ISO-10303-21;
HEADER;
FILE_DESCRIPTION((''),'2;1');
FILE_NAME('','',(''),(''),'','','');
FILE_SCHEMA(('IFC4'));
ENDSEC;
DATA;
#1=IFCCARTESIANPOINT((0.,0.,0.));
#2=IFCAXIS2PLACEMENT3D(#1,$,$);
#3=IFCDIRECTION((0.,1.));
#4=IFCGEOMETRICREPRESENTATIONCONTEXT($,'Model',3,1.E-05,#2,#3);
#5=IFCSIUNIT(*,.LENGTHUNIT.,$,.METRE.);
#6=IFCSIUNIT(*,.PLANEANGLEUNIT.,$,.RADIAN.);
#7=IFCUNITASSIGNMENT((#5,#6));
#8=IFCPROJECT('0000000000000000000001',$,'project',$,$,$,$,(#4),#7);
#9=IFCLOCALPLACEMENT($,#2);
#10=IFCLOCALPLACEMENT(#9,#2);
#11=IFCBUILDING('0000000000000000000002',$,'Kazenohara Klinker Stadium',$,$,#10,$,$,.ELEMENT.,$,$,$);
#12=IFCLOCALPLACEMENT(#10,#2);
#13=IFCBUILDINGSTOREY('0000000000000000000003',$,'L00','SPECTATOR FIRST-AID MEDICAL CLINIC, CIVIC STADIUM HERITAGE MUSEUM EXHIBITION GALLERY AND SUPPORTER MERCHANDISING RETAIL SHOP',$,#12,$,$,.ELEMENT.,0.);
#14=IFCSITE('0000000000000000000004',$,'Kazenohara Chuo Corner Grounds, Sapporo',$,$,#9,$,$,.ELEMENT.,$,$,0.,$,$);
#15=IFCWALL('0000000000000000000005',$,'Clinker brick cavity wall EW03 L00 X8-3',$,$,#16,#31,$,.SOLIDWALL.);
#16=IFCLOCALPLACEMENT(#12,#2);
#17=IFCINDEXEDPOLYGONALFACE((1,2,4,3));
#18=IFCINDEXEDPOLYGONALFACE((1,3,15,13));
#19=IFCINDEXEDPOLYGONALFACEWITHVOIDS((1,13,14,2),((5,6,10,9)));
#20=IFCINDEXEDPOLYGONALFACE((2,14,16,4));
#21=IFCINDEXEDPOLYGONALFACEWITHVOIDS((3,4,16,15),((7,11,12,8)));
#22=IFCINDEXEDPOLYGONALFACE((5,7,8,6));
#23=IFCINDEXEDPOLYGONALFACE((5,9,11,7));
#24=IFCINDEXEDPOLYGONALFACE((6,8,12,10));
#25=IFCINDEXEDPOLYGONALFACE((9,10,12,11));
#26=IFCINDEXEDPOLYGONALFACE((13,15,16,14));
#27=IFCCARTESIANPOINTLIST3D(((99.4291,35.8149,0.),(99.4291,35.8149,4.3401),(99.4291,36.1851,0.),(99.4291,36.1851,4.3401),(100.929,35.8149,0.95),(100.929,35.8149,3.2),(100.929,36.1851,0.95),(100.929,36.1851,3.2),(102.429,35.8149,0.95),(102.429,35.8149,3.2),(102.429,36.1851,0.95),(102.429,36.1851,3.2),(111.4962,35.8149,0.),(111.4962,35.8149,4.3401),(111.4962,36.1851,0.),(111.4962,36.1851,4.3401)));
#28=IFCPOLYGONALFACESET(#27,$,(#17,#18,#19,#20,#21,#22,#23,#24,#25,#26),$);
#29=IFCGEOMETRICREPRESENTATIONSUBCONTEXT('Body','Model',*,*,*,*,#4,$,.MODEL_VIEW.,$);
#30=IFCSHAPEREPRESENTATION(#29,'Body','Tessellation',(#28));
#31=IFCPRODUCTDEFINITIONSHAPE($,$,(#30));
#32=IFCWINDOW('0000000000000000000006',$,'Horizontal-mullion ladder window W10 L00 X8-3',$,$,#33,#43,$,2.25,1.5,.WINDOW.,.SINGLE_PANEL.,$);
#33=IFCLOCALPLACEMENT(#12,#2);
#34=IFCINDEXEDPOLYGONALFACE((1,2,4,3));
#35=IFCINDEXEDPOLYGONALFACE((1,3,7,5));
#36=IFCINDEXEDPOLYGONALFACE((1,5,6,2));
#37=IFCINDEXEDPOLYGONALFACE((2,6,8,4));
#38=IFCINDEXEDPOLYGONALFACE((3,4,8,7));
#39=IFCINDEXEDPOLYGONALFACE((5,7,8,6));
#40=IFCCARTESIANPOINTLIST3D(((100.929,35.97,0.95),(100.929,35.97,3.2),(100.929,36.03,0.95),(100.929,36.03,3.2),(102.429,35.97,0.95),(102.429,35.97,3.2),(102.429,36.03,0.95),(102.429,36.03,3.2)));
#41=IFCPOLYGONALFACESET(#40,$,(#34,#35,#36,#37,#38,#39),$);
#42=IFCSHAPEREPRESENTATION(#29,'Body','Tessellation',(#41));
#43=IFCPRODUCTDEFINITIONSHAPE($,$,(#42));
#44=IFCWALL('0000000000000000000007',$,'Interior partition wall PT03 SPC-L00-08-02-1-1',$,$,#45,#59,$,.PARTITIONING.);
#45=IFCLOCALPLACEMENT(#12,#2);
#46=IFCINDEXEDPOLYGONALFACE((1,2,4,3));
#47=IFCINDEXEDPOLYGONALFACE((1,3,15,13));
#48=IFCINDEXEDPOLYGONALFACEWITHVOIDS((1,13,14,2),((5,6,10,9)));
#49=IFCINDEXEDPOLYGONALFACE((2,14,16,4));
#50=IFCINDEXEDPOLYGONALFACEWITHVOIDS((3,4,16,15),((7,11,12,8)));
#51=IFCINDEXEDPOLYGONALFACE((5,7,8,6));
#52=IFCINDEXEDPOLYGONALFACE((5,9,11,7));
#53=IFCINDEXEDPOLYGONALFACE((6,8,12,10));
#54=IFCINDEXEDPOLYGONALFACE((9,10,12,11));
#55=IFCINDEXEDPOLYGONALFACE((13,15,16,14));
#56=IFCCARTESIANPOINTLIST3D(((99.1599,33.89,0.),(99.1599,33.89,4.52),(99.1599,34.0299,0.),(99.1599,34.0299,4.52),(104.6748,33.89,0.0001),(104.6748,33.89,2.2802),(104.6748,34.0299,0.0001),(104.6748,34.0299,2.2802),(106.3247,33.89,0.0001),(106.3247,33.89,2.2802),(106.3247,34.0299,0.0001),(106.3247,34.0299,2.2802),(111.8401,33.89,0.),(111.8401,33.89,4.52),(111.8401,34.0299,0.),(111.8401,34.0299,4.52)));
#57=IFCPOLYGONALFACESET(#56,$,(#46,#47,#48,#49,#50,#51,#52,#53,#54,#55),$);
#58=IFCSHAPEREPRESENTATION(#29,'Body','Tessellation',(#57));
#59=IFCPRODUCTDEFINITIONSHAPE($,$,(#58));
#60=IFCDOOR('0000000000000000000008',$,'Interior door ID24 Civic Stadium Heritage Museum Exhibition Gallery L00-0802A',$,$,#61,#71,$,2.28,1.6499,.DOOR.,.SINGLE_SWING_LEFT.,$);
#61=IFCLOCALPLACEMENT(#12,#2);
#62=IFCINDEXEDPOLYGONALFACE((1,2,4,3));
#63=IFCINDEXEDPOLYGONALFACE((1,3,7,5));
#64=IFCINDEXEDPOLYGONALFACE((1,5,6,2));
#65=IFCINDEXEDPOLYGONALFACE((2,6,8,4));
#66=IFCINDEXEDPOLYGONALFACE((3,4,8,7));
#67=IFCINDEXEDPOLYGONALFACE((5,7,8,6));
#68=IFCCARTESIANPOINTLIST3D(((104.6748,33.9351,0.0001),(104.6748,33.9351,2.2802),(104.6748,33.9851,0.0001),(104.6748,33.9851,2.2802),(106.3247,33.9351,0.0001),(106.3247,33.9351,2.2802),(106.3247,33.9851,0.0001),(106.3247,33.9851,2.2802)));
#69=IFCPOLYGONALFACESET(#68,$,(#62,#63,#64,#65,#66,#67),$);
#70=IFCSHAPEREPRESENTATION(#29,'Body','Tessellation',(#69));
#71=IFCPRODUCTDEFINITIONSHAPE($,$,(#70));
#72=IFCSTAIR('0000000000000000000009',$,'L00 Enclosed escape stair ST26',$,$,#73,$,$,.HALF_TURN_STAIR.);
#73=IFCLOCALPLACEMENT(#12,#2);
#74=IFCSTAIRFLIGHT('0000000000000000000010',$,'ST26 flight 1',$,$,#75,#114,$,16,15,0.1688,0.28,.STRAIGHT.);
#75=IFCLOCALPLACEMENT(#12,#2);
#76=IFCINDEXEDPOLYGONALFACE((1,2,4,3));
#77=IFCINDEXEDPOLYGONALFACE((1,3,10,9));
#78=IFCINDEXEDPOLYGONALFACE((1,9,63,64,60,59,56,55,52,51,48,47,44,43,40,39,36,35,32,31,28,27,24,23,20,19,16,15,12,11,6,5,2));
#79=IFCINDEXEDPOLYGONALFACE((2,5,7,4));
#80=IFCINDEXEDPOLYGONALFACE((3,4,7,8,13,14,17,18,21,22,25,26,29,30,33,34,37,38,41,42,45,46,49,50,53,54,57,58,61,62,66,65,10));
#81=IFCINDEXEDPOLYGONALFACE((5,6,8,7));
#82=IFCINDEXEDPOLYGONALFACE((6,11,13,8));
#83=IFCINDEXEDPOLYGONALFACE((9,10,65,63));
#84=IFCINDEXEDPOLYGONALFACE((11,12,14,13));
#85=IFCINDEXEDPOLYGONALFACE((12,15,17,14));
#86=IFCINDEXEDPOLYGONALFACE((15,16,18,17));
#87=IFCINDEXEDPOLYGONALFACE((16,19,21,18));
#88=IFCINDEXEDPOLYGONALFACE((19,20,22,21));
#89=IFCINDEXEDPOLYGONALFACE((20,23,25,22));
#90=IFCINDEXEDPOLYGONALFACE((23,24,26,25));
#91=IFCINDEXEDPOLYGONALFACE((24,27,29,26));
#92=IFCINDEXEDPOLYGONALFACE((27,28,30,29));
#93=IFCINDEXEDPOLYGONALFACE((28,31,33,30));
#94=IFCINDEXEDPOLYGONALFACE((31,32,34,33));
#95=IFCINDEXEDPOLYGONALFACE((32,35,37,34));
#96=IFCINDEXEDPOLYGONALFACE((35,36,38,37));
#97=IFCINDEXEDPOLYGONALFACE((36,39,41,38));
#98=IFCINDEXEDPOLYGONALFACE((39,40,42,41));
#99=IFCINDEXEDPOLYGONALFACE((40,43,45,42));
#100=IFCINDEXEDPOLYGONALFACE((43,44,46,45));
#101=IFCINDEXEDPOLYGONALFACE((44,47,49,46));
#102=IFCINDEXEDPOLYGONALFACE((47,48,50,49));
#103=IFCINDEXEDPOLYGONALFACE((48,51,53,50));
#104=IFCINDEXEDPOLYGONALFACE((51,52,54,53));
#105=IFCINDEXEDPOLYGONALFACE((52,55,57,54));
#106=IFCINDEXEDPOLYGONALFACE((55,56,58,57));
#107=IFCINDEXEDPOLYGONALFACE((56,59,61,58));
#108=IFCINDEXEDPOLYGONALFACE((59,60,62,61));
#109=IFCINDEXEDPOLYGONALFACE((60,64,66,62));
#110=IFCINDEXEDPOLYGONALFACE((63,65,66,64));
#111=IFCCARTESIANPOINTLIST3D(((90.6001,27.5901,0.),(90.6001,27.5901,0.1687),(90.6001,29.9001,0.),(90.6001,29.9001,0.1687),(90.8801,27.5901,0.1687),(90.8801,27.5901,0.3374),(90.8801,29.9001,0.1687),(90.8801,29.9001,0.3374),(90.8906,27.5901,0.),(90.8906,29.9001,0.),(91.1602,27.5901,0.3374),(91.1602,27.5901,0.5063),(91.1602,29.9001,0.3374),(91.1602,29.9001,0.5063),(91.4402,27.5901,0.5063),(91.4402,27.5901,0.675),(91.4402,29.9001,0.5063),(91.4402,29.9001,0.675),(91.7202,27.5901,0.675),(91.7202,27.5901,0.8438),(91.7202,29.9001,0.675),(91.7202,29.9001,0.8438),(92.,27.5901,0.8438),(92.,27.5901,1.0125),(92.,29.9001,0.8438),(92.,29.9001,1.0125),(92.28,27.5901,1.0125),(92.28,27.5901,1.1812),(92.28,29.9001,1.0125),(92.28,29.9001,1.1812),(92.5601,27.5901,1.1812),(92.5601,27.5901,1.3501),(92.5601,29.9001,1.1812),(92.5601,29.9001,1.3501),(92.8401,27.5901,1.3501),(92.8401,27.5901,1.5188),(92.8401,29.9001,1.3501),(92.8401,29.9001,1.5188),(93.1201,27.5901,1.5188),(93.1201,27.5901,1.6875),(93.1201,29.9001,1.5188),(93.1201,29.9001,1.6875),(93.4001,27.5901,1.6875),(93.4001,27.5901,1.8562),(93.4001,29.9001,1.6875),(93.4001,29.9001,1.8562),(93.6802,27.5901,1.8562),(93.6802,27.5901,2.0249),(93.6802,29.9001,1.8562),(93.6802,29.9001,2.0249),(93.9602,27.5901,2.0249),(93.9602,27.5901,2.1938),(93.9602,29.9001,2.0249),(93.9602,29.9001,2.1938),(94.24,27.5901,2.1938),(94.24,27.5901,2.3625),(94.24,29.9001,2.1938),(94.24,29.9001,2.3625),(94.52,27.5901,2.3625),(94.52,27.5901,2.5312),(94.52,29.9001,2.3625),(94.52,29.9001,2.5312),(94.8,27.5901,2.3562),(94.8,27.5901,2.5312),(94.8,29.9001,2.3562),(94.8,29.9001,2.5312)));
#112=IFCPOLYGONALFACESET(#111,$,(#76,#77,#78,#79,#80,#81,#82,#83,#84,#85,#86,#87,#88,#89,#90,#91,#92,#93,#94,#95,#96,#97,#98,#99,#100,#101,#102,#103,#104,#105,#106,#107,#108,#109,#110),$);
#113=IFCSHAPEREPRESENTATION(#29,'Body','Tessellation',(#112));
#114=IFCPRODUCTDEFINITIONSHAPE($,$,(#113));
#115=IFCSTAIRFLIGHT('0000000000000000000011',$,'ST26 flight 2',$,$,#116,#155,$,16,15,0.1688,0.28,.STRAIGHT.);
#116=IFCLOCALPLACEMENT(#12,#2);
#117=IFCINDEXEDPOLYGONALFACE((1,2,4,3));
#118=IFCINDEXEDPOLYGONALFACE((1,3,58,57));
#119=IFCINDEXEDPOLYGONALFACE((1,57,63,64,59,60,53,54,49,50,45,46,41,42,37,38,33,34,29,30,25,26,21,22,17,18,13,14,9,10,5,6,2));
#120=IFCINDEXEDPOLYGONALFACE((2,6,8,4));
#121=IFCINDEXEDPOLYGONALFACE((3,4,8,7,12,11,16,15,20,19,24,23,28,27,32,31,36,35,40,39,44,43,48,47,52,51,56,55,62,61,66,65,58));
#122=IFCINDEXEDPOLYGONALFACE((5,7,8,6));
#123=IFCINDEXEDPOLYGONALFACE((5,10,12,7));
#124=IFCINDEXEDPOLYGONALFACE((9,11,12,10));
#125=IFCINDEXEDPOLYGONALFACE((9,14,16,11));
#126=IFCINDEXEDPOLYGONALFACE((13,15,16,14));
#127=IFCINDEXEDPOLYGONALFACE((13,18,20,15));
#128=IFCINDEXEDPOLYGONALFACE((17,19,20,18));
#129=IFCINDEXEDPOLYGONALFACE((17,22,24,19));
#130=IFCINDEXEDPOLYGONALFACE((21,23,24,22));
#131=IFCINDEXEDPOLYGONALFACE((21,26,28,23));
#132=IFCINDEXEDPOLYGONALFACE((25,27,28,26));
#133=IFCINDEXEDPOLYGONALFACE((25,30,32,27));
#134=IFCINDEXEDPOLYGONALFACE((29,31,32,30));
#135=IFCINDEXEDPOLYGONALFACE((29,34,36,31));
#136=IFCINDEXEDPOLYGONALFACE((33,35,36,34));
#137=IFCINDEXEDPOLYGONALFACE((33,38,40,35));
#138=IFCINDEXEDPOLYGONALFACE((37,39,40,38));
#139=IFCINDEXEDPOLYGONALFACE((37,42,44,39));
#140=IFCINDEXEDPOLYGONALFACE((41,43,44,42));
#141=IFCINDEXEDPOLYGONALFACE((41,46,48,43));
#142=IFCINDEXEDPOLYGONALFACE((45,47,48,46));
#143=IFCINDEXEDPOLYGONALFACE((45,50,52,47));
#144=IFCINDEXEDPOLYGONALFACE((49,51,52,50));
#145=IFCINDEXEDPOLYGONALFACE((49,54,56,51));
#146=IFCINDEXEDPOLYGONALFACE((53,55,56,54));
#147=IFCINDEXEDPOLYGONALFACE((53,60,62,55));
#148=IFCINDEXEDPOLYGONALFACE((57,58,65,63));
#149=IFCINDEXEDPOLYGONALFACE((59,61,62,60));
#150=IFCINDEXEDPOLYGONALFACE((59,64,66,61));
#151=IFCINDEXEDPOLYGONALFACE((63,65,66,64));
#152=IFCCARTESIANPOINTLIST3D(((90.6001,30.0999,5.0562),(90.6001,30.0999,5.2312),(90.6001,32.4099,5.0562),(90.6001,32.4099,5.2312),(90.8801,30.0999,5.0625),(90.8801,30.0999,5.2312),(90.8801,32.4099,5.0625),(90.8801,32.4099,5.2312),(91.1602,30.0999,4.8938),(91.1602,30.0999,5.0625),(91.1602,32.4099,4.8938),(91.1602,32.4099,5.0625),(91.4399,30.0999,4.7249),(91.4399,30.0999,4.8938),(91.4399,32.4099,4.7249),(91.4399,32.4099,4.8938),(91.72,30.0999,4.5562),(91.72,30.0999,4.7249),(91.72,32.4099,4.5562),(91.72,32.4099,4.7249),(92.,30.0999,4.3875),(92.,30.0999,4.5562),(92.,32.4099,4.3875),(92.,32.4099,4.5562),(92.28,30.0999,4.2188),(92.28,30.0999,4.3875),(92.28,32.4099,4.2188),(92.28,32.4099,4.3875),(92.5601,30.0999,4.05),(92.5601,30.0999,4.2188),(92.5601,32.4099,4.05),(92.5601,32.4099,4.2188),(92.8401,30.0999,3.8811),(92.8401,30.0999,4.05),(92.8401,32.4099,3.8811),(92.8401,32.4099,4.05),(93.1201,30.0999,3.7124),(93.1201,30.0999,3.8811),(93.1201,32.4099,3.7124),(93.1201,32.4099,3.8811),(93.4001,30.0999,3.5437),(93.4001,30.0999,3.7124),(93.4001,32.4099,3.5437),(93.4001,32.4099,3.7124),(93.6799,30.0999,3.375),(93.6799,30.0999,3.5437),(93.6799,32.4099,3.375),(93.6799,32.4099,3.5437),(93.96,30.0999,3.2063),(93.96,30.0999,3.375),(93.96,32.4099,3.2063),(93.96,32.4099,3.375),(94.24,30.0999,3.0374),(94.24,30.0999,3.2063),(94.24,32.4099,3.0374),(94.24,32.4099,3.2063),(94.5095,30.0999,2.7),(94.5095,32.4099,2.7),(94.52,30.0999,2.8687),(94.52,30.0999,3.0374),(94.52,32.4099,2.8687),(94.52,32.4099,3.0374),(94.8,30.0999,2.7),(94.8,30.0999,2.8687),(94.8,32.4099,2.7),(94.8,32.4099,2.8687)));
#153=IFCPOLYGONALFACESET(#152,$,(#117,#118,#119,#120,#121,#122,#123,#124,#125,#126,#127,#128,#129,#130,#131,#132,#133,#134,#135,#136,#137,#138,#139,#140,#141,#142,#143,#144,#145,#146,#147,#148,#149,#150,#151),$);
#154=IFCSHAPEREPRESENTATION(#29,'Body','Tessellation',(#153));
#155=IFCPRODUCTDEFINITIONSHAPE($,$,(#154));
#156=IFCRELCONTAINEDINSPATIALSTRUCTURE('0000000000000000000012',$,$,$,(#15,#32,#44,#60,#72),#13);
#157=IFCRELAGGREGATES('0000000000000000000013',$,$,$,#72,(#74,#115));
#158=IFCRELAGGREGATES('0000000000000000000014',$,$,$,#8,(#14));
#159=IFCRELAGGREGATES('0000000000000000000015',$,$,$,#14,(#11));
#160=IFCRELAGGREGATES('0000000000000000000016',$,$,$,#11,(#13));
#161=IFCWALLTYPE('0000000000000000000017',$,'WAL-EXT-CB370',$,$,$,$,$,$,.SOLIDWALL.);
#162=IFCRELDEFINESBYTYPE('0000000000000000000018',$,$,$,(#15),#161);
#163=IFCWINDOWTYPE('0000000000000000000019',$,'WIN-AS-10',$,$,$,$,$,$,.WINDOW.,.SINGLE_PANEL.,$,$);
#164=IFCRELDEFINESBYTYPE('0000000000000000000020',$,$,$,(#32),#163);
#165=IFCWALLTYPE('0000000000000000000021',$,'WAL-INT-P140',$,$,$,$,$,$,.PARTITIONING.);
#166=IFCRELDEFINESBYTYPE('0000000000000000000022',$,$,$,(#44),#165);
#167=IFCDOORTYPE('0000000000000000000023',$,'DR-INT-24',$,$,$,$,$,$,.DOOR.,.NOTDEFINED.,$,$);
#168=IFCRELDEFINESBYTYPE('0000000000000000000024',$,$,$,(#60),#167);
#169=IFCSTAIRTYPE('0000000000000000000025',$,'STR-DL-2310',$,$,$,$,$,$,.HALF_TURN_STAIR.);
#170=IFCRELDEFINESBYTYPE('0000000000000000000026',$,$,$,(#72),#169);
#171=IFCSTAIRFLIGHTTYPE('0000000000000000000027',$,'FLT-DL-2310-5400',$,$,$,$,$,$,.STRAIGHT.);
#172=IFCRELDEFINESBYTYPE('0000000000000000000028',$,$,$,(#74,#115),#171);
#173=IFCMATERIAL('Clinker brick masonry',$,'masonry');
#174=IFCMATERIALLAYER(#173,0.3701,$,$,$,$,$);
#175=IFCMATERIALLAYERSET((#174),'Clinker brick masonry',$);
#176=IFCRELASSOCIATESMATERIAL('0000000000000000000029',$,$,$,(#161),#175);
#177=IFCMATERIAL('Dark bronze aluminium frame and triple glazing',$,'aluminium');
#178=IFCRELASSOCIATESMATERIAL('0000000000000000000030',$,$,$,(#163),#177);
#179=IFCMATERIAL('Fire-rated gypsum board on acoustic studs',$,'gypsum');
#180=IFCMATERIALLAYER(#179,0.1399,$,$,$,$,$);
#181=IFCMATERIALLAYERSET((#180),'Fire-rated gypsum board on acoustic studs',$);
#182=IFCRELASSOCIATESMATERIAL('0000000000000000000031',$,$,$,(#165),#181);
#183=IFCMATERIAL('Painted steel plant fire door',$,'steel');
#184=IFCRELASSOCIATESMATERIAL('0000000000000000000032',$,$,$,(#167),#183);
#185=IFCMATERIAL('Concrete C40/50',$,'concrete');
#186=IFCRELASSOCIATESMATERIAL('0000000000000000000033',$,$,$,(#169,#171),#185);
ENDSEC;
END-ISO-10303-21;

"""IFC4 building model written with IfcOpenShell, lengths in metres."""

from ifc_helpers import new_model, si_unit, direction, frame, frame_2d, origin, place, context, subcontext, project, spatial, polyline, rectangle, outline, extrude, material, layer, layer_set, type_object, element, fill, aggregate, save


model = new_model("IFC4")

# Units and contexts
model_context = context("Model", 3, precision=1e-05, world=origin(), true_north=direction((0.0, 1.0)))
body_context = subcontext(model_context, "Body", "Model", "MODEL_VIEW")
ifc_project = project(units=[si_unit("LENGTHUNIT", "METRE"), si_unit("PLANEANGLEUNIT", "RADIAN")], contexts=[model_context])

# Site, building, storey
site_placement = place(None, origin())
site = spatial("IfcSite", under=ifc_project, at=site_placement, Name="Kazenohara Chuo Corner Grounds, Sapporo", CompositionType="ELEMENT", RefElevation=0.0)
building_placement = place(site_placement, origin())
building = spatial("IfcBuilding", under=site, at=building_placement, Name="Kazenohara Klinker Stadium", CompositionType="ELEMENT")
storey_placement = place(building_placement, origin())
storey = spatial("IfcBuildingStorey", under=building, at=storey_placement, Name="L00", Description="SPECTATOR FIRST-AID MEDICAL CLINIC, CIVIC STADIUM HERITAGE MUSEUM EXHIBITION GALLERY AND SUPPORTER MERCHANDISING RETAIL SHOP", CompositionType="ELEMENT", Elevation=0.0)

# Shared definitions
ifc_material_1 = material(Name="Concrete C40/50", Category="concrete")

# Wall, opening, window
ifc_material_2 = material(Name="Clinker brick masonry", Category="masonry")
ifc_material_3 = material(Name="Dark bronze aluminium frame and triple glazing", Category="aluminium")
ifc_layer_1 = layer(ifc_material_2, 0.3701)
ifc_layer_set_1 = layer_set([ifc_layer_1], Name="Clinker brick masonry")
wall_type_1 = type_object("IfcWallType", Name="WAL-EXT-CB370", PredefinedType="SOLIDWALL", material=ifc_layer_set_1)
wall_1_placement = place(storey_placement, frame((99.429, 36.0, 0.0), z_axis=(0.0, 0.0, 1.0), x_axis=(1.0, 0.0, 0.0)))
wall_1 = element("IfcWall", 1, at=wall_1_placement, inside=storey, type_object=wall_type_1, Name="Clinker brick cavity wall EW03 L00 X8-3", PredefinedType="SOLIDWALL", context=body_context, shape_type="SweptSolid", body=[
    extrude(rectangle(XDim=12.0671, YDim=0.3701, at=frame_2d((6.0337, 0.0))), origin(), (0.0, 0.0, 1.0), 4.3401),
])
opening_1_placement = place(wall_1_placement, frame((1.5, 0.0, 0.95)))
opening_1 = element("IfcOpeningElement", 2, at=opening_1_placement, cuts=wall_1, PredefinedType="OPENING", context=body_context, shape_type="SweptSolid", body=[
    extrude(rectangle(XDim=1.5, YDim=2.25, at=frame_2d((0.75, 1.125))), frame((0.0, 0.1951, 0.0), z_axis=(0.0, -1.0, 0.0), x_axis=(1.0, 0.0, 0.0)), (0.0, 0.0, 1.0), 0.3901),
])
window_type_1 = type_object("IfcWindowType", Name="WIN-AS-10", PartitioningType="SINGLE_PANEL", PredefinedType="WINDOW", material=ifc_material_3)
window_1_placement = place(opening_1_placement, origin())
window_1 = element("IfcWindow", 3, at=window_1_placement, inside=storey, type_object=window_type_1, Name="Horizontal-mullion ladder window W10 L00 X8-3", OverallHeight=2.25, OverallWidth=1.5, PartitioningType="SINGLE_PANEL", PredefinedType="WINDOW", context=body_context, shape_type="SweptSolid", body=[
    extrude(rectangle(XDim=1.5, YDim=2.25, at=frame_2d((0.75, 1.125))), frame((0.0, 0.03, 0.0), z_axis=(0.0, -1.0, 0.0), x_axis=(1.0, 0.0, 0.0)), (0.0, 0.0, 1.0), 0.0601),
])
fill(opening_1, window_1)

# Wall, opening, door
ifc_material_4 = material(Name="Fire-rated gypsum board on acoustic studs", Category="gypsum")
ifc_layer_2 = layer(ifc_material_4, 0.1399)
ifc_layer_set_2 = layer_set([ifc_layer_2], Name="Fire-rated gypsum board on acoustic studs")
wall_type_2 = type_object("IfcWallType", Name="WAL-INT-P140", PredefinedType="PARTITIONING", material=ifc_layer_set_2)
wall_2_placement = place(storey_placement, frame((99.1599, 33.96, 0.0), z_axis=(0.0, 0.0, 1.0), x_axis=(1.0, 0.0, 0.0)))
wall_2 = element("IfcWall", 4, at=wall_2_placement, inside=storey, type_object=wall_type_2, Name="Interior partition wall PT03 SPC-L00-08-02-1-1", PredefinedType="PARTITIONING", context=body_context, shape_type="SweptSolid", body=[
    extrude(rectangle(XDim=12.6802, YDim=0.1399, at=frame_2d((6.3401, 0.0))), origin(), (0.0, 0.0, 1.0), 4.52),
])
opening_2_placement = place(wall_2_placement, frame((7.1648, 0.0, 0.0), z_axis=(0.0, 0.0, 1.0), x_axis=(-1.0, 0.0, 0.0)))
opening_2 = element("IfcOpeningElement", 5, at=opening_2_placement, cuts=wall_2, PredefinedType="OPENING", context=body_context, shape_type="SweptSolid", body=[
    extrude(rectangle(XDim=1.6499, YDim=2.28, at=frame_2d((0.825, 1.1401))), frame((0.0, 0.0801, 0.0), z_axis=(0.0, -1.0, 0.0), x_axis=(1.0, 0.0, 0.0)), (0.0, 0.0, 1.0), 0.1599),
])
ifc_material_5 = material(Name="Painted steel plant fire door", Category="steel")
door_type_1 = type_object("IfcDoorType", Name="DR-INT-24", OperationType="NOTDEFINED", PredefinedType="DOOR", material=ifc_material_5)
door_1_placement = place(opening_2_placement, origin())
door_1 = element("IfcDoor", 6, at=door_1_placement, inside=storey, type_object=door_type_1, Name="Interior door ID24 Civic Stadium Heritage Museum Exhibition Gallery L00-0802A", OperationType="SINGLE_SWING_LEFT", OverallHeight=2.28, OverallWidth=1.6499, PredefinedType="DOOR", context=body_context, shape_type="SweptSolid", body=[
    extrude(rectangle(XDim=1.6499, YDim=2.28, at=frame_2d((0.825, 1.1401))), frame((0.0, 0.0249, 0.0), z_axis=(0.0, -1.0, 0.0), x_axis=(1.0, 0.0, 0.0)), (0.0, 0.0, 1.0), 0.05),
])
fill(opening_2, door_1)

# Stair, stair flights
stair_type = type_object("IfcStairType", Name="STR-DL-2310", PredefinedType="HALF_TURN_STAIR", material=ifc_material_1)
stair_placement = place(storey_placement, origin())
stair = element("IfcStair", 7, at=stair_placement, inside=storey, type_object=stair_type, Name="L00 Enclosed escape stair ST26", PredefinedType="HALF_TURN_STAIR")
stair_flight_type = type_object("IfcStairFlightType", Name="FLT-DL-2310-5400", PredefinedType="STRAIGHT", material=ifc_material_1)
stair_flight_1_placement = place(storey_placement, frame((90.6001, 28.7451, 0.0), z_axis=(0.0, 0.0, 1.0), x_axis=(1.0, 0.0, 0.0)))
stair_flight_1 = element("IfcStairFlight", 8, at=stair_flight_1_placement, type_object=stair_flight_type, Name="ST26 flight 1", NumberOfRisers=16, NumberOfTreads=15, PredefinedType="STRAIGHT", RiserHeight=0.1688, TreadLength=0.28, context=body_context, shape_type="SweptSolid", body=[
    extrude(outline(polyline([(0.0, 0.0), (0.0, 0.1687), (0.28, 0.1687), (0.28, 0.3374), (0.5601, 0.3374), (0.5601, 0.5063), (0.8401, 0.5063), (0.8401, 0.675), (1.1201, 0.675), (1.1201, 0.8438), (1.3999, 0.8438), (1.3999, 1.0125), (1.6799, 1.0125), (1.6799, 1.1812), (1.96, 1.1812), (1.96, 1.3501), (2.24, 1.3501), (2.24, 1.5188), (2.52, 1.5188), (2.52, 1.6875), (2.8, 1.6875), (2.8, 1.8562), (3.0801, 1.8562), (3.0801, 2.0249), (3.3601, 2.0249), (3.3601, 2.1938), (3.6399, 2.1938), (3.6399, 2.3625), (3.9199, 2.3625), (3.9199, 2.5312), (4.2, 2.5312), (4.2, 2.7), (4.2, 2.3562), (0.2905, 0.0), (0.0, 0.0)])), frame((0.0, 1.155, 0.0), z_axis=(0.0, -1.0, 0.0), x_axis=(1.0, 0.0, 0.0)), (0.0, 0.0, 1.0), 2.3101),
])
stair_flight_2_placement = place(storey_placement, frame((94.8, 31.2549, 2.7), z_axis=(0.0, 0.0, 1.0), x_axis=(-1.0, 0.0, 0.0)))
stair_flight_2 = element("IfcStairFlight", 9, at=stair_flight_2_placement, type_object=stair_flight_type, Name="ST26 flight 2", NumberOfRisers=16, NumberOfTreads=15, PredefinedType="STRAIGHT", RiserHeight=0.1688, TreadLength=0.28, context=body_context, shape_type="SweptSolid", body=[
    extrude(outline(polyline([(0.0, 0.0), (0.0, 0.1687), (0.28, 0.1687), (0.28, 0.3374), (0.5601, 0.3374), (0.5601, 0.5063), (0.8401, 0.5063), (0.8401, 0.675), (1.1201, 0.675), (1.1201, 0.8438), (1.3999, 0.8438), (1.3999, 1.0125), (1.6799, 1.0125), (1.6799, 1.1812), (1.96, 1.1812), (1.96, 1.3501), (2.24, 1.3501), (2.24, 1.5188), (2.52, 1.5188), (2.52, 1.6875), (2.8, 1.6875), (2.8, 1.8562), (3.0801, 1.8562), (3.0801, 2.0249), (3.3601, 2.0249), (3.3601, 2.1938), (3.6399, 2.1938), (3.6399, 2.3625), (3.9199, 2.3625), (3.9199, 2.5312), (4.2, 2.5312), (4.2, 2.7), (4.2, 2.3562), (0.2905, 0.0), (0.0, 0.0)])), frame((0.0, 1.155, 0.0), z_axis=(0.0, -1.0, 0.0), x_axis=(1.0, 0.0, 0.0)), (0.0, 0.0, 1.0), 2.3101),
])
aggregate(stair, [stair_flight_1, stair_flight_2])

save(model, "model.ifc")
